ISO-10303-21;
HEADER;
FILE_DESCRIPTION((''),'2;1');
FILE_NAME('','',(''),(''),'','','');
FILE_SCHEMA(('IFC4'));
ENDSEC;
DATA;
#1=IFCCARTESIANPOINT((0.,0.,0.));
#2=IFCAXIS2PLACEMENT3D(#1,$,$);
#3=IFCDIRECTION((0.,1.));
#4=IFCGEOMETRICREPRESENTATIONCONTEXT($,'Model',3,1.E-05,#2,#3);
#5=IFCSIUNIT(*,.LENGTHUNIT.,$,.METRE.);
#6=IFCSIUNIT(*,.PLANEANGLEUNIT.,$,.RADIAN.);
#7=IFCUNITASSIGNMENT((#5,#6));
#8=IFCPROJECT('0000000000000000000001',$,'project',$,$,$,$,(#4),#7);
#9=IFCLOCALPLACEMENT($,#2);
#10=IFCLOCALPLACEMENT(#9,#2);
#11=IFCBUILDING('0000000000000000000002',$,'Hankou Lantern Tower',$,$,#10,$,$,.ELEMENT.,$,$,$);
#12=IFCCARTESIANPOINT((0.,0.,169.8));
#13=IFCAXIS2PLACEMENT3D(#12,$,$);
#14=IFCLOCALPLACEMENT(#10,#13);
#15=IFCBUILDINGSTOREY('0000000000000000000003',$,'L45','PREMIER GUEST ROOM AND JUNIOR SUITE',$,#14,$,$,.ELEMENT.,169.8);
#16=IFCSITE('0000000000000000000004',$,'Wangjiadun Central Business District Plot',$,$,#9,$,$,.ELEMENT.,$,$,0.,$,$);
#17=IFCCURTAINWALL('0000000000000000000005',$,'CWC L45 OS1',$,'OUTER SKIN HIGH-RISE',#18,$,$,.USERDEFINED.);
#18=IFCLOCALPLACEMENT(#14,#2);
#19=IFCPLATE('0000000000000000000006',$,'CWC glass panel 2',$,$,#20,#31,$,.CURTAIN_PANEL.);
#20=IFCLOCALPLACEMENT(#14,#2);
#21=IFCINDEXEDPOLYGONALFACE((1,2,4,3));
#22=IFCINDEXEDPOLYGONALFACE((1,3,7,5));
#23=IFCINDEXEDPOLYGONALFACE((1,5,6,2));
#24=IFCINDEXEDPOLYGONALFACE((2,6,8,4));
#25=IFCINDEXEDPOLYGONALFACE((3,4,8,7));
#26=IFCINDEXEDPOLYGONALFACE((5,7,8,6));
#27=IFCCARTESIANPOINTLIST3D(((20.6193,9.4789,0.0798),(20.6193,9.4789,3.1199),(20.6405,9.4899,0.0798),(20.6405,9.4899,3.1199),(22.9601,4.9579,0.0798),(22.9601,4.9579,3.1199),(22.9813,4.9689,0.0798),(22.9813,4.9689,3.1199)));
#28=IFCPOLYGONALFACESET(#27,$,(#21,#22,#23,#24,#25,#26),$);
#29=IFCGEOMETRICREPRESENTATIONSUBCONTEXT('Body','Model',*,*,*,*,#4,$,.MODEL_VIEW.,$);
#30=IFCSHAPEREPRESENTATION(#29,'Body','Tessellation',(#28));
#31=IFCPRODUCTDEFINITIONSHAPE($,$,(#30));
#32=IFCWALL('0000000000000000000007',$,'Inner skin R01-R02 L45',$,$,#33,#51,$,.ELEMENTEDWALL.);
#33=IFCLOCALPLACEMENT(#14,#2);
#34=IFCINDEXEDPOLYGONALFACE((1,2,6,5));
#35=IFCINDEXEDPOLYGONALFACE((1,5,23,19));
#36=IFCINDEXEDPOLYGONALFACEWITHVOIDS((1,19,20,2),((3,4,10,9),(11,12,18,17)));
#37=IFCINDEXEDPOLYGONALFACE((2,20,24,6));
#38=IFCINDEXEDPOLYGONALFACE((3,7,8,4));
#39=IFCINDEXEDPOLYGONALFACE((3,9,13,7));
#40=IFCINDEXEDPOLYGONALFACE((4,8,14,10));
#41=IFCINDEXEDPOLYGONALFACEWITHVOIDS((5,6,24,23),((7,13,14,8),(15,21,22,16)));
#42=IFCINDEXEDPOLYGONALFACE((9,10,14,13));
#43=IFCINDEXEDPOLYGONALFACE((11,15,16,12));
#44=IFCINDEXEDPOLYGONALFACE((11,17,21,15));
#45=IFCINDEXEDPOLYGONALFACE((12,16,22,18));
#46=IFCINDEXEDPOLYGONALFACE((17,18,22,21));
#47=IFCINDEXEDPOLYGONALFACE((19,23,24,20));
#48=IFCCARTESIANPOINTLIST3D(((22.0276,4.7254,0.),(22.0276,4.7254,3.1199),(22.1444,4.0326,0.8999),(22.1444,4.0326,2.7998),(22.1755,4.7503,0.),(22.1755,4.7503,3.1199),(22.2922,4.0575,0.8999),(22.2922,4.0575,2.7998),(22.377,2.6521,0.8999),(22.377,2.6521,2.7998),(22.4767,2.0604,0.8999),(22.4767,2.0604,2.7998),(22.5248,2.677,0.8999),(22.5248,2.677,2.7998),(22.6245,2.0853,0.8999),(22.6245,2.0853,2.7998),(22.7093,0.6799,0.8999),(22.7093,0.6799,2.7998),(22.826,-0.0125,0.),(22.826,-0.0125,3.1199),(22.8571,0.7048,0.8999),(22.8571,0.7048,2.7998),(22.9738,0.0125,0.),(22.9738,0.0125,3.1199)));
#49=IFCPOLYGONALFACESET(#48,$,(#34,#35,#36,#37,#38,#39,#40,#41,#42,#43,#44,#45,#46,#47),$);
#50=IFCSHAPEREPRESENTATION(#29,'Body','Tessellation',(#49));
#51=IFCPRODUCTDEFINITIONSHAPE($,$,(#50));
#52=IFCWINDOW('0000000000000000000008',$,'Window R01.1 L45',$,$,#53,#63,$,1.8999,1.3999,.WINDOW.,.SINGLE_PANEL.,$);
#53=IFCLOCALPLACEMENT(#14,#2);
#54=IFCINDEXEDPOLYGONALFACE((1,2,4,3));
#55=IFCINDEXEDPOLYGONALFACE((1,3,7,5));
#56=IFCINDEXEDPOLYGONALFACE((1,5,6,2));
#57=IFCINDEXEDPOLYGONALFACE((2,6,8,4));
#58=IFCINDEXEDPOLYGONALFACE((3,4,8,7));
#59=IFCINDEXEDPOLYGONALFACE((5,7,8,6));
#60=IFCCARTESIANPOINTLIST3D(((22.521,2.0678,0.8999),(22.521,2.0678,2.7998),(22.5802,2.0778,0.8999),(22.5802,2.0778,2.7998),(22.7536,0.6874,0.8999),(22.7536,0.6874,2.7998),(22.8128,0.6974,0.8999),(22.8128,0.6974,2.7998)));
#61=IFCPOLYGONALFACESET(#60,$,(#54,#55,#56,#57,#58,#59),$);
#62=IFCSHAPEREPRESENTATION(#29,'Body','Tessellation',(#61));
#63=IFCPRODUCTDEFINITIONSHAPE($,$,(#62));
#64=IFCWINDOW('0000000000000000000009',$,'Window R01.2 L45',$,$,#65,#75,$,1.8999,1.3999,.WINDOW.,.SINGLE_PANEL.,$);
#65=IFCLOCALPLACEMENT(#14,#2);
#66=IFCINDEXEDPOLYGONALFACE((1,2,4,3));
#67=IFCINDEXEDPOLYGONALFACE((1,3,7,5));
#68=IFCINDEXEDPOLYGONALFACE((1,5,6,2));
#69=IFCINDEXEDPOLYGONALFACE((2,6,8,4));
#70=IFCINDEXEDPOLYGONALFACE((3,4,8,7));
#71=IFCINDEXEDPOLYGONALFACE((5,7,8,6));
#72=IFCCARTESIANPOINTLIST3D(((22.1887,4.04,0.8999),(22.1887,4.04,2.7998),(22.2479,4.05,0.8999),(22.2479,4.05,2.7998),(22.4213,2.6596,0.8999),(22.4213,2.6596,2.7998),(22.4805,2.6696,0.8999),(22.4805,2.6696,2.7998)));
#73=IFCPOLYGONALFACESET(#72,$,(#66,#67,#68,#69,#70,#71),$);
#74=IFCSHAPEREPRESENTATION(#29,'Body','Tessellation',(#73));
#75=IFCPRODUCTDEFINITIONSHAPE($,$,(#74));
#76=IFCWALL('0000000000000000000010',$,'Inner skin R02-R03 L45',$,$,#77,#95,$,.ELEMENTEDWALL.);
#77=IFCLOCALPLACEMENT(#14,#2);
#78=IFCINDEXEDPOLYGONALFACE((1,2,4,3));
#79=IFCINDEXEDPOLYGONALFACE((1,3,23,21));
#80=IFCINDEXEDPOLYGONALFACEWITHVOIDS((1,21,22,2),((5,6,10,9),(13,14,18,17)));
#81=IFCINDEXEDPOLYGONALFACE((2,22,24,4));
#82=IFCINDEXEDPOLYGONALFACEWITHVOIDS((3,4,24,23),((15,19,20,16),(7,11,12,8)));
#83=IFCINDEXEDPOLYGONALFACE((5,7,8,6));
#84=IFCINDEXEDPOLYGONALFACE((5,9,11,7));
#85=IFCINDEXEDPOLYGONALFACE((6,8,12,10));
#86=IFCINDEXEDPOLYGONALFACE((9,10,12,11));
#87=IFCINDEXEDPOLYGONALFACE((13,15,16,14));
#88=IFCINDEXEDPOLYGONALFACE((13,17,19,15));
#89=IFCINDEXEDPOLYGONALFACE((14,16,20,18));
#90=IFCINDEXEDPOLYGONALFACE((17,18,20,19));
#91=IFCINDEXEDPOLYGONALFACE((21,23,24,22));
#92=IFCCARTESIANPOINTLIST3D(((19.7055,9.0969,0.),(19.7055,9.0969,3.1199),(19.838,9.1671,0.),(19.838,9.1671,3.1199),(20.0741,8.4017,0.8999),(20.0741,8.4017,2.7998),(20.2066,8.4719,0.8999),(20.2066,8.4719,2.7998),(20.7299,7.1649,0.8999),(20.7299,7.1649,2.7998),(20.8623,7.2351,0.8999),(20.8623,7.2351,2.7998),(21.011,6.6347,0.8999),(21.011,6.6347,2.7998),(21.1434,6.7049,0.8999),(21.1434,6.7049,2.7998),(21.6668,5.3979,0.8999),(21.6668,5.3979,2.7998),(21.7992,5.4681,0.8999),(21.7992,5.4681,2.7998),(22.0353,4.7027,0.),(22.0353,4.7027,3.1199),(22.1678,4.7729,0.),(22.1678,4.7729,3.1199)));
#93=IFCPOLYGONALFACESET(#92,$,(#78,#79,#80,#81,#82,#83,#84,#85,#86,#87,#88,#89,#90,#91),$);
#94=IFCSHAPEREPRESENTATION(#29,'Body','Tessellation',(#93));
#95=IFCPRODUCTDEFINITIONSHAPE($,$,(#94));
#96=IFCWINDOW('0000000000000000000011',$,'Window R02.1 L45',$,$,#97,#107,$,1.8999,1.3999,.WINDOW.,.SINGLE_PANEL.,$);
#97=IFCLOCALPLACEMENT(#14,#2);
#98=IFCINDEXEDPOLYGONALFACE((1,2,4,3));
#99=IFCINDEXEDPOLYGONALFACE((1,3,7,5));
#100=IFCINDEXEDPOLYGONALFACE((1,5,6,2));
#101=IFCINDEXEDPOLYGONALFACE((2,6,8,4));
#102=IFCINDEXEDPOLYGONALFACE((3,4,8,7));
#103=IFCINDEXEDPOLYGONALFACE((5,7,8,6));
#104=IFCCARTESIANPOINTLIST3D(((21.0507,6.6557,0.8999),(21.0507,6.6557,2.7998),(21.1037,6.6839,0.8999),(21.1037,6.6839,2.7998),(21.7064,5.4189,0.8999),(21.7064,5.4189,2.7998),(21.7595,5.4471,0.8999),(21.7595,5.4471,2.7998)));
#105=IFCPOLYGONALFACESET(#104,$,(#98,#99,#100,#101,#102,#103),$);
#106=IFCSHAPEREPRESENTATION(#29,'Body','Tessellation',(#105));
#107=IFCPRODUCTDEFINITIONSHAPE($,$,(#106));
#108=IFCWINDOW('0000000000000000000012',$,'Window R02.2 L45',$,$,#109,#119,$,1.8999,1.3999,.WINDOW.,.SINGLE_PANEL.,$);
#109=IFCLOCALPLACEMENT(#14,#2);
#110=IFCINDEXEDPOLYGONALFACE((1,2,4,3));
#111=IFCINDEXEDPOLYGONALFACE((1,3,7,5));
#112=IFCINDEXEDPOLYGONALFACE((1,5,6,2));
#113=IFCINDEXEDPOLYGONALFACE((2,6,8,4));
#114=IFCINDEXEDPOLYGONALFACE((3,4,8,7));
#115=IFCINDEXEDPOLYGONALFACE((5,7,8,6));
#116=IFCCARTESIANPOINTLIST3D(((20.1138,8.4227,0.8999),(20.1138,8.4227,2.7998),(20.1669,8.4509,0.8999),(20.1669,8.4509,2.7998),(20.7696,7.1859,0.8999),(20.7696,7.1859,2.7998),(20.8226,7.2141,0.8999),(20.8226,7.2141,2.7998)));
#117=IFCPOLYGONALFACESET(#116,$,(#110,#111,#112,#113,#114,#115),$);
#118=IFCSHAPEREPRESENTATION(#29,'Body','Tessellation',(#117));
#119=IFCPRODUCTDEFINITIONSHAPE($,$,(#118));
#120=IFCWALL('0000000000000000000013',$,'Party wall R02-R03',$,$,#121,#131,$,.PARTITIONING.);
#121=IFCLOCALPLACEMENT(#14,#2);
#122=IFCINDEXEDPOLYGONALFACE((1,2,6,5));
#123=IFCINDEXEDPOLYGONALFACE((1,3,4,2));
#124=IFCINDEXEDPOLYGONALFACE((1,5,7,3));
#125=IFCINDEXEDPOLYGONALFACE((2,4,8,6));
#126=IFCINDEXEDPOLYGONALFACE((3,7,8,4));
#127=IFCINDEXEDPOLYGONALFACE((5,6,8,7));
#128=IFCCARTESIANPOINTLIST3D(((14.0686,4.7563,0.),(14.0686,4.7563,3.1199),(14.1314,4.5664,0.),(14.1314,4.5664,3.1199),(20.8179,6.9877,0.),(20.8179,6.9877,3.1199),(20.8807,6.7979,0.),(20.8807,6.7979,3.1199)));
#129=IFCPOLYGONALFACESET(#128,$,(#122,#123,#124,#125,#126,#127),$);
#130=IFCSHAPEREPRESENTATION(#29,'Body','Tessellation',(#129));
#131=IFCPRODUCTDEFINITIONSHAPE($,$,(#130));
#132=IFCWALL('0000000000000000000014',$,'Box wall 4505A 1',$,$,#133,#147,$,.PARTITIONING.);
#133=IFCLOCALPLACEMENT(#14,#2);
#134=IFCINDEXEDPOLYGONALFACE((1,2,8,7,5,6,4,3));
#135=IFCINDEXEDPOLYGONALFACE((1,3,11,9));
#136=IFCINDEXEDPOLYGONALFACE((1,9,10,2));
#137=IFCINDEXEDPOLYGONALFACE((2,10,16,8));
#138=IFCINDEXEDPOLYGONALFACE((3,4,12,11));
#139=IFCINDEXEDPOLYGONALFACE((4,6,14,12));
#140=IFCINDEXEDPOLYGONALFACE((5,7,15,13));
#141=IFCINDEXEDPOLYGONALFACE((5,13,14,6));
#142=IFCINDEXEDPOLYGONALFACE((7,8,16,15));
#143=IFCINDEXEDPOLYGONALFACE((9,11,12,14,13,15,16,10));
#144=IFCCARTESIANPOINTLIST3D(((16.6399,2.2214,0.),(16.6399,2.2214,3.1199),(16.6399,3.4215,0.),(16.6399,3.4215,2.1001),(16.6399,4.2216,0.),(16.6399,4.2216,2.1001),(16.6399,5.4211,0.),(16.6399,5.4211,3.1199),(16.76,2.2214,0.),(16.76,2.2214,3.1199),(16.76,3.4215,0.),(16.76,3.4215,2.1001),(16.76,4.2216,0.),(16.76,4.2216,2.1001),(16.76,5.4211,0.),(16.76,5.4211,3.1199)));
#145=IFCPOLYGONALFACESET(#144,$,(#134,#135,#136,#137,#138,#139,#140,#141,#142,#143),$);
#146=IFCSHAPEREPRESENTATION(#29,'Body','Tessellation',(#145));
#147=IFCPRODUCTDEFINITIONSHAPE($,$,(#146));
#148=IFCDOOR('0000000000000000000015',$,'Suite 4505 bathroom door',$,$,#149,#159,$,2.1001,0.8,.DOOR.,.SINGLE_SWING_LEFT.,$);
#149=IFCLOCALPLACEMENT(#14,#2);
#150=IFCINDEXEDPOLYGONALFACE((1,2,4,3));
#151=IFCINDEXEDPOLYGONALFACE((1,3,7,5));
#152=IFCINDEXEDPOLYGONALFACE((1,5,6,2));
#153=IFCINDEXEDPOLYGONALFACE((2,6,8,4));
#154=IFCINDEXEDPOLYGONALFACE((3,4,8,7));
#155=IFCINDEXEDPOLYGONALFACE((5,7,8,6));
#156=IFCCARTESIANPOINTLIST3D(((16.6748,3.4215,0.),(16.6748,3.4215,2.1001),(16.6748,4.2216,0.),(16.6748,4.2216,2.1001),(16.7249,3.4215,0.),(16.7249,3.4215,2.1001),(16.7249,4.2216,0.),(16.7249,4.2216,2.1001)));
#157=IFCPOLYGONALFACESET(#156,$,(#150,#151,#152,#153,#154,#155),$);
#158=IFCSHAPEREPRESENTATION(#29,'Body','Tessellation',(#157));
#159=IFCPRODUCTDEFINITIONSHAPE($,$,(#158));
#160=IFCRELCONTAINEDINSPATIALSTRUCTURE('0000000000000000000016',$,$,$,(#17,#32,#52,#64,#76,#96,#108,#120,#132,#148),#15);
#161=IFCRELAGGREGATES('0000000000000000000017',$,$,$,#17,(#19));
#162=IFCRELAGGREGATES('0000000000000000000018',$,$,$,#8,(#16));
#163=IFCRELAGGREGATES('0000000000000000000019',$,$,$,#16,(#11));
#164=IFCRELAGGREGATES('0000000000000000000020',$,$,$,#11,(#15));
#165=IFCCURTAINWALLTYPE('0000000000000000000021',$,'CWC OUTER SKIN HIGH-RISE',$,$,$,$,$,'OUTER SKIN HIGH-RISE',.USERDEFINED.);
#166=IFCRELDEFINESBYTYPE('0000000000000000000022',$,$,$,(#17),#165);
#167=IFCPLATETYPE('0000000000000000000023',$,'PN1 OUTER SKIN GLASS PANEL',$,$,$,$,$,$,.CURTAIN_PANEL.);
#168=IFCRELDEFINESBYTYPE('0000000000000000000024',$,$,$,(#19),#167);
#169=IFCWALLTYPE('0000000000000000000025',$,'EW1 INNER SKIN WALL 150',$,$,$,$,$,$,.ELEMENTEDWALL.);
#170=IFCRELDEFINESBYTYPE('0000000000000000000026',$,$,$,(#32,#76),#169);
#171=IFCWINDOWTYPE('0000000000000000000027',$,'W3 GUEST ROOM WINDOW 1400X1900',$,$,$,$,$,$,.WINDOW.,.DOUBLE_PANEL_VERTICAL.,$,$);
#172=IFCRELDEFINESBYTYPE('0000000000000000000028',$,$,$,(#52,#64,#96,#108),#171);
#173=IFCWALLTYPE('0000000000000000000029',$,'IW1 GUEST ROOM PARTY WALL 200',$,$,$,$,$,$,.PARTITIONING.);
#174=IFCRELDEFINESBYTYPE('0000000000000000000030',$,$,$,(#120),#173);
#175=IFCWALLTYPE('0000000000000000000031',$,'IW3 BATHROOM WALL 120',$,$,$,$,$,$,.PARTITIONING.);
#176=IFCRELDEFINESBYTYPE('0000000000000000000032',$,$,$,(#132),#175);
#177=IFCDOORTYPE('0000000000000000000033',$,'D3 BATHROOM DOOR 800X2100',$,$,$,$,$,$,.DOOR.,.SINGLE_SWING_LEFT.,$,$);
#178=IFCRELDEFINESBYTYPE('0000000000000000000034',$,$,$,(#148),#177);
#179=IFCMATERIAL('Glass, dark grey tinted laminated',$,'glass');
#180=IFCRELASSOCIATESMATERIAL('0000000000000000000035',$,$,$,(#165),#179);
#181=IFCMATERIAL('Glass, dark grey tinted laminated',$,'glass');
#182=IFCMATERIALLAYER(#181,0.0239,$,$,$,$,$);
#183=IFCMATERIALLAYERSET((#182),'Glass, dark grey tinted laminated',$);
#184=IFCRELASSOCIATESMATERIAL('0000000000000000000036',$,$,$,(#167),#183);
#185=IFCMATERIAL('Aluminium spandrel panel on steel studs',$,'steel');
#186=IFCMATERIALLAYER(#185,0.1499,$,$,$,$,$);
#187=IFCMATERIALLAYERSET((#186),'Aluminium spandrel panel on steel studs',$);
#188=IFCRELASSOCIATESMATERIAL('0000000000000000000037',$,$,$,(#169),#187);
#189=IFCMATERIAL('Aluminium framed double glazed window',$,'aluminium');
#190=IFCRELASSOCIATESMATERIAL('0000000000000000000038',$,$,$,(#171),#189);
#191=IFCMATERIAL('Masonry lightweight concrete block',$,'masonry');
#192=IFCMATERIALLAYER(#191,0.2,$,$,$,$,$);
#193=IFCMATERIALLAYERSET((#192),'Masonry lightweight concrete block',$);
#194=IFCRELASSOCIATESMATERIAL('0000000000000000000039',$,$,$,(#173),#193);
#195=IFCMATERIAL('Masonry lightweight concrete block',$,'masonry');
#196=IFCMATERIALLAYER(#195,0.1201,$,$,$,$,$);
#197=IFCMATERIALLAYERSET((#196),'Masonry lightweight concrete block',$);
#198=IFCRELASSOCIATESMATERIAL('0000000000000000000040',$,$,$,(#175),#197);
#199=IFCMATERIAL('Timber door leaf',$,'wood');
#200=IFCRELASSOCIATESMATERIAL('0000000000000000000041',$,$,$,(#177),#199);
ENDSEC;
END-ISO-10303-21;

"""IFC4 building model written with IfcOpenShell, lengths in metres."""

from ifc_helpers import new_model, si_unit, direction, frame, frame_2d, origin, origin_2d, place, context, subcontext, project, spatial, rectangle, extrude, material, layer, layer_set, type_object, element, fill, aggregate, save


model = new_model("IFC4")

# Units and contexts
model_context = context("Model", 3, precision=1e-05, world=origin(), true_north=direction((0.0, 1.0)))
body_context = subcontext(model_context, "Body", "Model", "MODEL_VIEW")
ifc_project = project(units=[si_unit("LENGTHUNIT", "METRE"), si_unit("PLANEANGLEUNIT", "RADIAN")], contexts=[model_context])

# Site, building, storey
site_placement = place(None, origin())
site = spatial("IfcSite", under=ifc_project, at=site_placement, Name="Wangjiadun Central Business District Plot", CompositionType="ELEMENT", RefElevation=0.0)
building_placement = place(site_placement, origin())
building = spatial("IfcBuilding", under=site, at=building_placement, Name="Hankou Lantern Tower", CompositionType="ELEMENT")
storey_placement = place(building_placement, frame((0.0, 0.0, 169.8)))
storey = spatial("IfcBuildingStorey", under=building, at=storey_placement, Name="L45", Description="PREMIER GUEST ROOM AND JUNIOR SUITE", CompositionType="ELEMENT", Elevation=169.8)

# Curtain wall
ifc_material_1 = material(Name="Glass, dark grey tinted laminated", Category="glass")
curtain_wall_type = type_object("IfcCurtainWallType", Name="CWC OUTER SKIN HIGH-RISE", ElementType="OUTER SKIN HIGH-RISE", PredefinedType="USERDEFINED", material=ifc_material_1)
curtain_wall_placement = place(storey_placement, origin())
curtain_wall = element("IfcCurtainWall", 1, at=curtain_wall_placement, inside=storey, type_object=curtain_wall_type, Name="CWC L45 OS1", ObjectType="OUTER SKIN HIGH-RISE", PredefinedType="USERDEFINED")

# Plate
ifc_material_2 = material(Name="Glass, dark grey tinted laminated", Category="glass")
ifc_layer_1 = layer(ifc_material_2, 0.0239)
ifc_layer_set_1 = layer_set([ifc_layer_1], Name="Glass, dark grey tinted laminated")
plate_type = type_object("IfcPlateType", Name="PN1 OUTER SKIN GLASS PANEL", PredefinedType="CURTAIN_PANEL", material=ifc_layer_set_1)
plate_1_placement = place(storey_placement, frame((21.8003, 7.2239, 0.0798), z_axis=(0.0, 0.0, 1.0), x_axis=(-0.459791, 0.888027, 0.0)))
plate_1 = element("IfcPlate", 2, at=plate_1_placement, type_object=plate_type, Name="CWC glass panel 2", PredefinedType="CURTAIN_PANEL", context=body_context, shape_type="SweptSolid", body=[
    extrude(rectangle(XDim=5.0911, YDim=0.0239, at=origin_2d()), origin(), (0.0, 0.0, 1.0), 3.04),
])
aggregate(curtain_wall, [plate_1])

# Walls, openings, windows
ifc_material_3 = material(Name="Aluminium spandrel panel on steel studs", Category="steel")
ifc_layer_2 = layer(ifc_material_3, 0.1499)
ifc_layer_set_2 = layer_set([ifc_layer_2], Name="Aluminium spandrel panel on steel studs")
wall_type_1 = type_object("IfcWallType", Name="EW1 INNER SKIN WALL 150", PredefinedType="ELEMENTEDWALL", material=ifc_layer_set_2)
wall_1_placement = place(storey_placement, frame((22.8999, 0.0, 0.0), z_axis=(0.0, 0.0, 1.0), x_axis=(-0.166162, 0.986098, 0.0)))
wall_1 = element("IfcWall", 3, at=wall_1_placement, inside=storey, type_object=wall_type_1, Name="Inner skin R01-R02 L45", PredefinedType="ELEMENTEDWALL", context=body_context, shape_type="SweptSolid", body=[
    extrude(rectangle(XDim=4.8047, YDim=0.1499, at=frame_2d((2.4023, 0.0))), origin(), (0.0, 0.0, 1.0), 3.1199),
])
opening_1_placement = place(wall_1_placement, frame((0.7021, 0.0, 0.8999)))
opening_1 = element("IfcOpeningElement", 4, at=opening_1_placement, cuts=wall_1, PredefinedType="OPENING", context=body_context, shape_type="SweptSolid", body=[
    extrude(rectangle(XDim=1.3999, YDim=1.8999, at=frame_2d((0.7, 0.95))), frame((0.0, 0.085, 0.0), z_axis=(0.0, -1.0, 0.0), x_axis=(1.0, 0.0, 0.0)), (0.0, 0.0, 1.0), 0.1699),
])
opening_2_placement = place(wall_1_placement, frame((2.7021, 0.0, 0.8999)))
opening_2 = element("IfcOpeningElement", 5, at=opening_2_placement, cuts=wall_1, PredefinedType="OPENING", context=body_context, shape_type="SweptSolid", body=[
    extrude(rectangle(XDim=1.3999, YDim=1.8999, at=frame_2d((0.7, 0.95))), frame((0.0, 0.085, 0.0), z_axis=(0.0, -1.0, 0.0), x_axis=(1.0, 0.0, 0.0)), (0.0, 0.0, 1.0), 0.1699),
])
ifc_material_4 = material(Name="Aluminium framed double glazed window", Category="aluminium")
window_type = type_object("IfcWindowType", Name="W3 GUEST ROOM WINDOW 1400X1900", PartitioningType="DOUBLE_PANEL_VERTICAL", PredefinedType="WINDOW", material=ifc_material_4)
window_1_placement = place(opening_1_placement, origin())
window_1 = element("IfcWindow", 6, at=window_1_placement, inside=storey, type_object=window_type, Name="Window R01.1 L45", OverallHeight=1.8999, OverallWidth=1.3999, PartitioningType="SINGLE_PANEL", PredefinedType="WINDOW", context=body_context, shape_type="SweptSolid", body=[
    extrude(rectangle(XDim=1.3999, YDim=1.8999, at=frame_2d((0.7, 0.95))), frame((0.0, 0.03, 0.0), z_axis=(0.0, -1.0, 0.0), x_axis=(1.0, 0.0, 0.0)), (0.0, 0.0, 1.0), 0.0601),
])
fill(opening_1, window_1)
window_2_placement = place(opening_2_placement, origin())
window_2 = element("IfcWindow", 7, at=window_2_placement, inside=storey, type_object=window_type, Name="Window R01.2 L45", OverallHeight=1.8999, OverallWidth=1.3999, PartitioningType="SINGLE_PANEL", PredefinedType="WINDOW", context=body_context, shape_type="SweptSolid", body=[
    extrude(rectangle(XDim=1.3999, YDim=1.8999, at=frame_2d((0.7, 0.95))), frame((0.0, 0.03, 0.0), z_axis=(0.0, -1.0, 0.0), x_axis=(1.0, 0.0, 0.0)), (0.0, 0.0, 1.0), 0.0601),
])
fill(opening_2, window_2)
wall_2_placement = place(storey_placement, frame((22.1016, 4.7378, 0.0), z_axis=(0.0, 0.0, 1.0), x_axis=(-0.468429, 0.883501, 0.0)))
wall_2 = element("IfcWall", 8, at=wall_2_placement, inside=storey, type_object=wall_type_1, Name="Inner skin R02-R03 L45", PredefinedType="ELEMENTEDWALL", context=body_context, shape_type="SweptSolid", body=[
    extrude(rectangle(XDim=4.9736, YDim=0.1499, at=frame_2d((2.4868, 0.0))), origin(), (0.0, 0.0, 1.0), 3.1199),
])
opening_3_placement = place(wall_2_placement, frame((0.7869, 0.0, 0.8999)))
opening_3 = element("IfcOpeningElement", 9, at=opening_3_placement, cuts=wall_2, PredefinedType="OPENING", context=body_context, shape_type="SweptSolid", body=[
    extrude(rectangle(XDim=1.3999, YDim=1.8999, at=frame_2d((0.7, 0.95))), frame((0.0, 0.085, 0.0), z_axis=(0.0, -1.0, 0.0), x_axis=(1.0, 0.0, 0.0)), (0.0, 0.0, 1.0), 0.1699),
])
opening_4_placement = place(wall_2_placement, frame((2.7869, 0.0, 0.8999)))
opening_4 = element("IfcOpeningElement", 10, at=opening_4_placement, cuts=wall_2, PredefinedType="OPENING", context=body_context, shape_type="SweptSolid", body=[
    extrude(rectangle(XDim=1.3999, YDim=1.8999, at=frame_2d((0.7, 0.95))), frame((0.0, 0.085, 0.0), z_axis=(0.0, -1.0, 0.0), x_axis=(1.0, 0.0, 0.0)), (0.0, 0.0, 1.0), 0.1699),
])
window_3_placement = place(opening_3_placement, origin())
window_3 = element("IfcWindow", 11, at=window_3_placement, inside=storey, type_object=window_type, Name="Window R02.1 L45", OverallHeight=1.8999, OverallWidth=1.3999, PartitioningType="SINGLE_PANEL", PredefinedType="WINDOW", context=body_context, shape_type="SweptSolid", body=[
    extrude(rectangle(XDim=1.3999, YDim=1.8999, at=frame_2d((0.7, 0.95))), frame((0.0, 0.03, 0.0), z_axis=(0.0, -1.0, 0.0), x_axis=(1.0, 0.0, 0.0)), (0.0, 0.0, 1.0), 0.0601),
])
fill(opening_3, window_3)
window_4_placement = place(opening_4_placement, origin())
window_4 = element("IfcWindow", 12, at=window_4_placement, inside=storey, type_object=window_type, Name="Window R02.2 L45", OverallHeight=1.8999, OverallWidth=1.3999, PartitioningType="SINGLE_PANEL", PredefinedType="WINDOW", context=body_context, shape_type="SweptSolid", body=[
    extrude(rectangle(XDim=1.3999, YDim=1.8999, at=frame_2d((0.7, 0.95))), frame((0.0, 0.03, 0.0), z_axis=(0.0, -1.0, 0.0), x_axis=(1.0, 0.0, 0.0)), (0.0, 0.0, 1.0), 0.0601),
])
fill(opening_4, window_4)

# Wall
ifc_material_5 = material(Name="Masonry lightweight concrete block", Category="masonry")
ifc_layer_3 = layer(ifc_material_5, 0.2)
ifc_layer_set_3 = layer_set([ifc_layer_3], Name="Masonry lightweight concrete block")
wall_type_2 = type_object("IfcWallType", Name="IW1 GUEST ROOM PARTY WALL 200", PredefinedType="PARTITIONING", material=ifc_layer_set_3)
wall_3_placement = place(storey_placement, frame((14.1001, 4.6614, 0.0), z_axis=(0.0, 0.0, 1.0), x_axis=(0.949453, 0.313909, 0.0)))
element("IfcWall", 13, at=wall_3_placement, inside=storey, type_object=wall_type_2, Name="Party wall R02-R03", PredefinedType="PARTITIONING", context=body_context, shape_type="SweptSolid", body=[
    extrude(rectangle(XDim=7.1086, YDim=0.2, at=frame_2d((3.5542, 0.0))), origin(), (0.0, 0.0, 1.0), 3.1199),
])

# Wall, opening, door
ifc_material_6 = material(Name="Masonry lightweight concrete block", Category="masonry")
ifc_layer_4 = layer(ifc_material_6, 0.1201)
ifc_layer_set_4 = layer_set([ifc_layer_4], Name="Masonry lightweight concrete block")
wall_type_3 = type_object("IfcWallType", Name="IW3 BATHROOM WALL 120", PredefinedType="PARTITIONING", material=ifc_layer_set_4)
wall_4_placement = place(storey_placement, frame((16.7, 5.4211, 0.0), z_axis=(0.0, 0.0, 1.0), x_axis=(0.0, -1.0, 0.0)))
wall_4 = element("IfcWall", 14, at=wall_4_placement, inside=storey, type_object=wall_type_3, Name="Box wall 4505A 1", PredefinedType="PARTITIONING", context=body_context, shape_type="SweptSolid", body=[
    extrude(rectangle(XDim=3.1997, YDim=0.1201, at=frame_2d((1.5999, 0.0))), origin(), (0.0, 0.0, 1.0), 3.1199),
])
opening_5_placement = place(wall_4_placement, frame((1.1997, 0.0, 0.0)))
opening_5 = element("IfcOpeningElement", 15, at=opening_5_placement, cuts=wall_4, PredefinedType="OPENING", context=body_context, shape_type="SweptSolid", body=[
    extrude(rectangle(XDim=0.8, YDim=2.1001, at=frame_2d((0.3999, 1.05))), frame((0.0, 0.0701, 0.0), z_axis=(0.0, -1.0, 0.0), x_axis=(1.0, 0.0, 0.0)), (0.0, 0.0, 1.0), 0.1401),
])
ifc_material_7 = material(Name="Timber door leaf", Category="wood")
door_type_1 = type_object("IfcDoorType", Name="D3 BATHROOM DOOR 800X2100", OperationType="SINGLE_SWING_LEFT", PredefinedType="DOOR", material=ifc_material_7)
door_1_placement = place(opening_5_placement, origin())
door_1 = element("IfcDoor", 16, at=door_1_placement, inside=storey, type_object=door_type_1, Name="Suite 4505 bathroom door", OperationType="SINGLE_SWING_LEFT", OverallHeight=2.1001, OverallWidth=0.8, PredefinedType="DOOR", context=body_context, shape_type="SweptSolid", body=[
    extrude(rectangle(XDim=0.8, YDim=2.1001, at=frame_2d((0.3999, 1.05))), frame((0.0, 0.0249, 0.0), z_axis=(0.0, -1.0, 0.0), x_axis=(1.0, 0.0, 0.0)), (0.0, 0.0, 1.0), 0.05),
])
fill(opening_5, door_1)

save(model, "model.ifc")
